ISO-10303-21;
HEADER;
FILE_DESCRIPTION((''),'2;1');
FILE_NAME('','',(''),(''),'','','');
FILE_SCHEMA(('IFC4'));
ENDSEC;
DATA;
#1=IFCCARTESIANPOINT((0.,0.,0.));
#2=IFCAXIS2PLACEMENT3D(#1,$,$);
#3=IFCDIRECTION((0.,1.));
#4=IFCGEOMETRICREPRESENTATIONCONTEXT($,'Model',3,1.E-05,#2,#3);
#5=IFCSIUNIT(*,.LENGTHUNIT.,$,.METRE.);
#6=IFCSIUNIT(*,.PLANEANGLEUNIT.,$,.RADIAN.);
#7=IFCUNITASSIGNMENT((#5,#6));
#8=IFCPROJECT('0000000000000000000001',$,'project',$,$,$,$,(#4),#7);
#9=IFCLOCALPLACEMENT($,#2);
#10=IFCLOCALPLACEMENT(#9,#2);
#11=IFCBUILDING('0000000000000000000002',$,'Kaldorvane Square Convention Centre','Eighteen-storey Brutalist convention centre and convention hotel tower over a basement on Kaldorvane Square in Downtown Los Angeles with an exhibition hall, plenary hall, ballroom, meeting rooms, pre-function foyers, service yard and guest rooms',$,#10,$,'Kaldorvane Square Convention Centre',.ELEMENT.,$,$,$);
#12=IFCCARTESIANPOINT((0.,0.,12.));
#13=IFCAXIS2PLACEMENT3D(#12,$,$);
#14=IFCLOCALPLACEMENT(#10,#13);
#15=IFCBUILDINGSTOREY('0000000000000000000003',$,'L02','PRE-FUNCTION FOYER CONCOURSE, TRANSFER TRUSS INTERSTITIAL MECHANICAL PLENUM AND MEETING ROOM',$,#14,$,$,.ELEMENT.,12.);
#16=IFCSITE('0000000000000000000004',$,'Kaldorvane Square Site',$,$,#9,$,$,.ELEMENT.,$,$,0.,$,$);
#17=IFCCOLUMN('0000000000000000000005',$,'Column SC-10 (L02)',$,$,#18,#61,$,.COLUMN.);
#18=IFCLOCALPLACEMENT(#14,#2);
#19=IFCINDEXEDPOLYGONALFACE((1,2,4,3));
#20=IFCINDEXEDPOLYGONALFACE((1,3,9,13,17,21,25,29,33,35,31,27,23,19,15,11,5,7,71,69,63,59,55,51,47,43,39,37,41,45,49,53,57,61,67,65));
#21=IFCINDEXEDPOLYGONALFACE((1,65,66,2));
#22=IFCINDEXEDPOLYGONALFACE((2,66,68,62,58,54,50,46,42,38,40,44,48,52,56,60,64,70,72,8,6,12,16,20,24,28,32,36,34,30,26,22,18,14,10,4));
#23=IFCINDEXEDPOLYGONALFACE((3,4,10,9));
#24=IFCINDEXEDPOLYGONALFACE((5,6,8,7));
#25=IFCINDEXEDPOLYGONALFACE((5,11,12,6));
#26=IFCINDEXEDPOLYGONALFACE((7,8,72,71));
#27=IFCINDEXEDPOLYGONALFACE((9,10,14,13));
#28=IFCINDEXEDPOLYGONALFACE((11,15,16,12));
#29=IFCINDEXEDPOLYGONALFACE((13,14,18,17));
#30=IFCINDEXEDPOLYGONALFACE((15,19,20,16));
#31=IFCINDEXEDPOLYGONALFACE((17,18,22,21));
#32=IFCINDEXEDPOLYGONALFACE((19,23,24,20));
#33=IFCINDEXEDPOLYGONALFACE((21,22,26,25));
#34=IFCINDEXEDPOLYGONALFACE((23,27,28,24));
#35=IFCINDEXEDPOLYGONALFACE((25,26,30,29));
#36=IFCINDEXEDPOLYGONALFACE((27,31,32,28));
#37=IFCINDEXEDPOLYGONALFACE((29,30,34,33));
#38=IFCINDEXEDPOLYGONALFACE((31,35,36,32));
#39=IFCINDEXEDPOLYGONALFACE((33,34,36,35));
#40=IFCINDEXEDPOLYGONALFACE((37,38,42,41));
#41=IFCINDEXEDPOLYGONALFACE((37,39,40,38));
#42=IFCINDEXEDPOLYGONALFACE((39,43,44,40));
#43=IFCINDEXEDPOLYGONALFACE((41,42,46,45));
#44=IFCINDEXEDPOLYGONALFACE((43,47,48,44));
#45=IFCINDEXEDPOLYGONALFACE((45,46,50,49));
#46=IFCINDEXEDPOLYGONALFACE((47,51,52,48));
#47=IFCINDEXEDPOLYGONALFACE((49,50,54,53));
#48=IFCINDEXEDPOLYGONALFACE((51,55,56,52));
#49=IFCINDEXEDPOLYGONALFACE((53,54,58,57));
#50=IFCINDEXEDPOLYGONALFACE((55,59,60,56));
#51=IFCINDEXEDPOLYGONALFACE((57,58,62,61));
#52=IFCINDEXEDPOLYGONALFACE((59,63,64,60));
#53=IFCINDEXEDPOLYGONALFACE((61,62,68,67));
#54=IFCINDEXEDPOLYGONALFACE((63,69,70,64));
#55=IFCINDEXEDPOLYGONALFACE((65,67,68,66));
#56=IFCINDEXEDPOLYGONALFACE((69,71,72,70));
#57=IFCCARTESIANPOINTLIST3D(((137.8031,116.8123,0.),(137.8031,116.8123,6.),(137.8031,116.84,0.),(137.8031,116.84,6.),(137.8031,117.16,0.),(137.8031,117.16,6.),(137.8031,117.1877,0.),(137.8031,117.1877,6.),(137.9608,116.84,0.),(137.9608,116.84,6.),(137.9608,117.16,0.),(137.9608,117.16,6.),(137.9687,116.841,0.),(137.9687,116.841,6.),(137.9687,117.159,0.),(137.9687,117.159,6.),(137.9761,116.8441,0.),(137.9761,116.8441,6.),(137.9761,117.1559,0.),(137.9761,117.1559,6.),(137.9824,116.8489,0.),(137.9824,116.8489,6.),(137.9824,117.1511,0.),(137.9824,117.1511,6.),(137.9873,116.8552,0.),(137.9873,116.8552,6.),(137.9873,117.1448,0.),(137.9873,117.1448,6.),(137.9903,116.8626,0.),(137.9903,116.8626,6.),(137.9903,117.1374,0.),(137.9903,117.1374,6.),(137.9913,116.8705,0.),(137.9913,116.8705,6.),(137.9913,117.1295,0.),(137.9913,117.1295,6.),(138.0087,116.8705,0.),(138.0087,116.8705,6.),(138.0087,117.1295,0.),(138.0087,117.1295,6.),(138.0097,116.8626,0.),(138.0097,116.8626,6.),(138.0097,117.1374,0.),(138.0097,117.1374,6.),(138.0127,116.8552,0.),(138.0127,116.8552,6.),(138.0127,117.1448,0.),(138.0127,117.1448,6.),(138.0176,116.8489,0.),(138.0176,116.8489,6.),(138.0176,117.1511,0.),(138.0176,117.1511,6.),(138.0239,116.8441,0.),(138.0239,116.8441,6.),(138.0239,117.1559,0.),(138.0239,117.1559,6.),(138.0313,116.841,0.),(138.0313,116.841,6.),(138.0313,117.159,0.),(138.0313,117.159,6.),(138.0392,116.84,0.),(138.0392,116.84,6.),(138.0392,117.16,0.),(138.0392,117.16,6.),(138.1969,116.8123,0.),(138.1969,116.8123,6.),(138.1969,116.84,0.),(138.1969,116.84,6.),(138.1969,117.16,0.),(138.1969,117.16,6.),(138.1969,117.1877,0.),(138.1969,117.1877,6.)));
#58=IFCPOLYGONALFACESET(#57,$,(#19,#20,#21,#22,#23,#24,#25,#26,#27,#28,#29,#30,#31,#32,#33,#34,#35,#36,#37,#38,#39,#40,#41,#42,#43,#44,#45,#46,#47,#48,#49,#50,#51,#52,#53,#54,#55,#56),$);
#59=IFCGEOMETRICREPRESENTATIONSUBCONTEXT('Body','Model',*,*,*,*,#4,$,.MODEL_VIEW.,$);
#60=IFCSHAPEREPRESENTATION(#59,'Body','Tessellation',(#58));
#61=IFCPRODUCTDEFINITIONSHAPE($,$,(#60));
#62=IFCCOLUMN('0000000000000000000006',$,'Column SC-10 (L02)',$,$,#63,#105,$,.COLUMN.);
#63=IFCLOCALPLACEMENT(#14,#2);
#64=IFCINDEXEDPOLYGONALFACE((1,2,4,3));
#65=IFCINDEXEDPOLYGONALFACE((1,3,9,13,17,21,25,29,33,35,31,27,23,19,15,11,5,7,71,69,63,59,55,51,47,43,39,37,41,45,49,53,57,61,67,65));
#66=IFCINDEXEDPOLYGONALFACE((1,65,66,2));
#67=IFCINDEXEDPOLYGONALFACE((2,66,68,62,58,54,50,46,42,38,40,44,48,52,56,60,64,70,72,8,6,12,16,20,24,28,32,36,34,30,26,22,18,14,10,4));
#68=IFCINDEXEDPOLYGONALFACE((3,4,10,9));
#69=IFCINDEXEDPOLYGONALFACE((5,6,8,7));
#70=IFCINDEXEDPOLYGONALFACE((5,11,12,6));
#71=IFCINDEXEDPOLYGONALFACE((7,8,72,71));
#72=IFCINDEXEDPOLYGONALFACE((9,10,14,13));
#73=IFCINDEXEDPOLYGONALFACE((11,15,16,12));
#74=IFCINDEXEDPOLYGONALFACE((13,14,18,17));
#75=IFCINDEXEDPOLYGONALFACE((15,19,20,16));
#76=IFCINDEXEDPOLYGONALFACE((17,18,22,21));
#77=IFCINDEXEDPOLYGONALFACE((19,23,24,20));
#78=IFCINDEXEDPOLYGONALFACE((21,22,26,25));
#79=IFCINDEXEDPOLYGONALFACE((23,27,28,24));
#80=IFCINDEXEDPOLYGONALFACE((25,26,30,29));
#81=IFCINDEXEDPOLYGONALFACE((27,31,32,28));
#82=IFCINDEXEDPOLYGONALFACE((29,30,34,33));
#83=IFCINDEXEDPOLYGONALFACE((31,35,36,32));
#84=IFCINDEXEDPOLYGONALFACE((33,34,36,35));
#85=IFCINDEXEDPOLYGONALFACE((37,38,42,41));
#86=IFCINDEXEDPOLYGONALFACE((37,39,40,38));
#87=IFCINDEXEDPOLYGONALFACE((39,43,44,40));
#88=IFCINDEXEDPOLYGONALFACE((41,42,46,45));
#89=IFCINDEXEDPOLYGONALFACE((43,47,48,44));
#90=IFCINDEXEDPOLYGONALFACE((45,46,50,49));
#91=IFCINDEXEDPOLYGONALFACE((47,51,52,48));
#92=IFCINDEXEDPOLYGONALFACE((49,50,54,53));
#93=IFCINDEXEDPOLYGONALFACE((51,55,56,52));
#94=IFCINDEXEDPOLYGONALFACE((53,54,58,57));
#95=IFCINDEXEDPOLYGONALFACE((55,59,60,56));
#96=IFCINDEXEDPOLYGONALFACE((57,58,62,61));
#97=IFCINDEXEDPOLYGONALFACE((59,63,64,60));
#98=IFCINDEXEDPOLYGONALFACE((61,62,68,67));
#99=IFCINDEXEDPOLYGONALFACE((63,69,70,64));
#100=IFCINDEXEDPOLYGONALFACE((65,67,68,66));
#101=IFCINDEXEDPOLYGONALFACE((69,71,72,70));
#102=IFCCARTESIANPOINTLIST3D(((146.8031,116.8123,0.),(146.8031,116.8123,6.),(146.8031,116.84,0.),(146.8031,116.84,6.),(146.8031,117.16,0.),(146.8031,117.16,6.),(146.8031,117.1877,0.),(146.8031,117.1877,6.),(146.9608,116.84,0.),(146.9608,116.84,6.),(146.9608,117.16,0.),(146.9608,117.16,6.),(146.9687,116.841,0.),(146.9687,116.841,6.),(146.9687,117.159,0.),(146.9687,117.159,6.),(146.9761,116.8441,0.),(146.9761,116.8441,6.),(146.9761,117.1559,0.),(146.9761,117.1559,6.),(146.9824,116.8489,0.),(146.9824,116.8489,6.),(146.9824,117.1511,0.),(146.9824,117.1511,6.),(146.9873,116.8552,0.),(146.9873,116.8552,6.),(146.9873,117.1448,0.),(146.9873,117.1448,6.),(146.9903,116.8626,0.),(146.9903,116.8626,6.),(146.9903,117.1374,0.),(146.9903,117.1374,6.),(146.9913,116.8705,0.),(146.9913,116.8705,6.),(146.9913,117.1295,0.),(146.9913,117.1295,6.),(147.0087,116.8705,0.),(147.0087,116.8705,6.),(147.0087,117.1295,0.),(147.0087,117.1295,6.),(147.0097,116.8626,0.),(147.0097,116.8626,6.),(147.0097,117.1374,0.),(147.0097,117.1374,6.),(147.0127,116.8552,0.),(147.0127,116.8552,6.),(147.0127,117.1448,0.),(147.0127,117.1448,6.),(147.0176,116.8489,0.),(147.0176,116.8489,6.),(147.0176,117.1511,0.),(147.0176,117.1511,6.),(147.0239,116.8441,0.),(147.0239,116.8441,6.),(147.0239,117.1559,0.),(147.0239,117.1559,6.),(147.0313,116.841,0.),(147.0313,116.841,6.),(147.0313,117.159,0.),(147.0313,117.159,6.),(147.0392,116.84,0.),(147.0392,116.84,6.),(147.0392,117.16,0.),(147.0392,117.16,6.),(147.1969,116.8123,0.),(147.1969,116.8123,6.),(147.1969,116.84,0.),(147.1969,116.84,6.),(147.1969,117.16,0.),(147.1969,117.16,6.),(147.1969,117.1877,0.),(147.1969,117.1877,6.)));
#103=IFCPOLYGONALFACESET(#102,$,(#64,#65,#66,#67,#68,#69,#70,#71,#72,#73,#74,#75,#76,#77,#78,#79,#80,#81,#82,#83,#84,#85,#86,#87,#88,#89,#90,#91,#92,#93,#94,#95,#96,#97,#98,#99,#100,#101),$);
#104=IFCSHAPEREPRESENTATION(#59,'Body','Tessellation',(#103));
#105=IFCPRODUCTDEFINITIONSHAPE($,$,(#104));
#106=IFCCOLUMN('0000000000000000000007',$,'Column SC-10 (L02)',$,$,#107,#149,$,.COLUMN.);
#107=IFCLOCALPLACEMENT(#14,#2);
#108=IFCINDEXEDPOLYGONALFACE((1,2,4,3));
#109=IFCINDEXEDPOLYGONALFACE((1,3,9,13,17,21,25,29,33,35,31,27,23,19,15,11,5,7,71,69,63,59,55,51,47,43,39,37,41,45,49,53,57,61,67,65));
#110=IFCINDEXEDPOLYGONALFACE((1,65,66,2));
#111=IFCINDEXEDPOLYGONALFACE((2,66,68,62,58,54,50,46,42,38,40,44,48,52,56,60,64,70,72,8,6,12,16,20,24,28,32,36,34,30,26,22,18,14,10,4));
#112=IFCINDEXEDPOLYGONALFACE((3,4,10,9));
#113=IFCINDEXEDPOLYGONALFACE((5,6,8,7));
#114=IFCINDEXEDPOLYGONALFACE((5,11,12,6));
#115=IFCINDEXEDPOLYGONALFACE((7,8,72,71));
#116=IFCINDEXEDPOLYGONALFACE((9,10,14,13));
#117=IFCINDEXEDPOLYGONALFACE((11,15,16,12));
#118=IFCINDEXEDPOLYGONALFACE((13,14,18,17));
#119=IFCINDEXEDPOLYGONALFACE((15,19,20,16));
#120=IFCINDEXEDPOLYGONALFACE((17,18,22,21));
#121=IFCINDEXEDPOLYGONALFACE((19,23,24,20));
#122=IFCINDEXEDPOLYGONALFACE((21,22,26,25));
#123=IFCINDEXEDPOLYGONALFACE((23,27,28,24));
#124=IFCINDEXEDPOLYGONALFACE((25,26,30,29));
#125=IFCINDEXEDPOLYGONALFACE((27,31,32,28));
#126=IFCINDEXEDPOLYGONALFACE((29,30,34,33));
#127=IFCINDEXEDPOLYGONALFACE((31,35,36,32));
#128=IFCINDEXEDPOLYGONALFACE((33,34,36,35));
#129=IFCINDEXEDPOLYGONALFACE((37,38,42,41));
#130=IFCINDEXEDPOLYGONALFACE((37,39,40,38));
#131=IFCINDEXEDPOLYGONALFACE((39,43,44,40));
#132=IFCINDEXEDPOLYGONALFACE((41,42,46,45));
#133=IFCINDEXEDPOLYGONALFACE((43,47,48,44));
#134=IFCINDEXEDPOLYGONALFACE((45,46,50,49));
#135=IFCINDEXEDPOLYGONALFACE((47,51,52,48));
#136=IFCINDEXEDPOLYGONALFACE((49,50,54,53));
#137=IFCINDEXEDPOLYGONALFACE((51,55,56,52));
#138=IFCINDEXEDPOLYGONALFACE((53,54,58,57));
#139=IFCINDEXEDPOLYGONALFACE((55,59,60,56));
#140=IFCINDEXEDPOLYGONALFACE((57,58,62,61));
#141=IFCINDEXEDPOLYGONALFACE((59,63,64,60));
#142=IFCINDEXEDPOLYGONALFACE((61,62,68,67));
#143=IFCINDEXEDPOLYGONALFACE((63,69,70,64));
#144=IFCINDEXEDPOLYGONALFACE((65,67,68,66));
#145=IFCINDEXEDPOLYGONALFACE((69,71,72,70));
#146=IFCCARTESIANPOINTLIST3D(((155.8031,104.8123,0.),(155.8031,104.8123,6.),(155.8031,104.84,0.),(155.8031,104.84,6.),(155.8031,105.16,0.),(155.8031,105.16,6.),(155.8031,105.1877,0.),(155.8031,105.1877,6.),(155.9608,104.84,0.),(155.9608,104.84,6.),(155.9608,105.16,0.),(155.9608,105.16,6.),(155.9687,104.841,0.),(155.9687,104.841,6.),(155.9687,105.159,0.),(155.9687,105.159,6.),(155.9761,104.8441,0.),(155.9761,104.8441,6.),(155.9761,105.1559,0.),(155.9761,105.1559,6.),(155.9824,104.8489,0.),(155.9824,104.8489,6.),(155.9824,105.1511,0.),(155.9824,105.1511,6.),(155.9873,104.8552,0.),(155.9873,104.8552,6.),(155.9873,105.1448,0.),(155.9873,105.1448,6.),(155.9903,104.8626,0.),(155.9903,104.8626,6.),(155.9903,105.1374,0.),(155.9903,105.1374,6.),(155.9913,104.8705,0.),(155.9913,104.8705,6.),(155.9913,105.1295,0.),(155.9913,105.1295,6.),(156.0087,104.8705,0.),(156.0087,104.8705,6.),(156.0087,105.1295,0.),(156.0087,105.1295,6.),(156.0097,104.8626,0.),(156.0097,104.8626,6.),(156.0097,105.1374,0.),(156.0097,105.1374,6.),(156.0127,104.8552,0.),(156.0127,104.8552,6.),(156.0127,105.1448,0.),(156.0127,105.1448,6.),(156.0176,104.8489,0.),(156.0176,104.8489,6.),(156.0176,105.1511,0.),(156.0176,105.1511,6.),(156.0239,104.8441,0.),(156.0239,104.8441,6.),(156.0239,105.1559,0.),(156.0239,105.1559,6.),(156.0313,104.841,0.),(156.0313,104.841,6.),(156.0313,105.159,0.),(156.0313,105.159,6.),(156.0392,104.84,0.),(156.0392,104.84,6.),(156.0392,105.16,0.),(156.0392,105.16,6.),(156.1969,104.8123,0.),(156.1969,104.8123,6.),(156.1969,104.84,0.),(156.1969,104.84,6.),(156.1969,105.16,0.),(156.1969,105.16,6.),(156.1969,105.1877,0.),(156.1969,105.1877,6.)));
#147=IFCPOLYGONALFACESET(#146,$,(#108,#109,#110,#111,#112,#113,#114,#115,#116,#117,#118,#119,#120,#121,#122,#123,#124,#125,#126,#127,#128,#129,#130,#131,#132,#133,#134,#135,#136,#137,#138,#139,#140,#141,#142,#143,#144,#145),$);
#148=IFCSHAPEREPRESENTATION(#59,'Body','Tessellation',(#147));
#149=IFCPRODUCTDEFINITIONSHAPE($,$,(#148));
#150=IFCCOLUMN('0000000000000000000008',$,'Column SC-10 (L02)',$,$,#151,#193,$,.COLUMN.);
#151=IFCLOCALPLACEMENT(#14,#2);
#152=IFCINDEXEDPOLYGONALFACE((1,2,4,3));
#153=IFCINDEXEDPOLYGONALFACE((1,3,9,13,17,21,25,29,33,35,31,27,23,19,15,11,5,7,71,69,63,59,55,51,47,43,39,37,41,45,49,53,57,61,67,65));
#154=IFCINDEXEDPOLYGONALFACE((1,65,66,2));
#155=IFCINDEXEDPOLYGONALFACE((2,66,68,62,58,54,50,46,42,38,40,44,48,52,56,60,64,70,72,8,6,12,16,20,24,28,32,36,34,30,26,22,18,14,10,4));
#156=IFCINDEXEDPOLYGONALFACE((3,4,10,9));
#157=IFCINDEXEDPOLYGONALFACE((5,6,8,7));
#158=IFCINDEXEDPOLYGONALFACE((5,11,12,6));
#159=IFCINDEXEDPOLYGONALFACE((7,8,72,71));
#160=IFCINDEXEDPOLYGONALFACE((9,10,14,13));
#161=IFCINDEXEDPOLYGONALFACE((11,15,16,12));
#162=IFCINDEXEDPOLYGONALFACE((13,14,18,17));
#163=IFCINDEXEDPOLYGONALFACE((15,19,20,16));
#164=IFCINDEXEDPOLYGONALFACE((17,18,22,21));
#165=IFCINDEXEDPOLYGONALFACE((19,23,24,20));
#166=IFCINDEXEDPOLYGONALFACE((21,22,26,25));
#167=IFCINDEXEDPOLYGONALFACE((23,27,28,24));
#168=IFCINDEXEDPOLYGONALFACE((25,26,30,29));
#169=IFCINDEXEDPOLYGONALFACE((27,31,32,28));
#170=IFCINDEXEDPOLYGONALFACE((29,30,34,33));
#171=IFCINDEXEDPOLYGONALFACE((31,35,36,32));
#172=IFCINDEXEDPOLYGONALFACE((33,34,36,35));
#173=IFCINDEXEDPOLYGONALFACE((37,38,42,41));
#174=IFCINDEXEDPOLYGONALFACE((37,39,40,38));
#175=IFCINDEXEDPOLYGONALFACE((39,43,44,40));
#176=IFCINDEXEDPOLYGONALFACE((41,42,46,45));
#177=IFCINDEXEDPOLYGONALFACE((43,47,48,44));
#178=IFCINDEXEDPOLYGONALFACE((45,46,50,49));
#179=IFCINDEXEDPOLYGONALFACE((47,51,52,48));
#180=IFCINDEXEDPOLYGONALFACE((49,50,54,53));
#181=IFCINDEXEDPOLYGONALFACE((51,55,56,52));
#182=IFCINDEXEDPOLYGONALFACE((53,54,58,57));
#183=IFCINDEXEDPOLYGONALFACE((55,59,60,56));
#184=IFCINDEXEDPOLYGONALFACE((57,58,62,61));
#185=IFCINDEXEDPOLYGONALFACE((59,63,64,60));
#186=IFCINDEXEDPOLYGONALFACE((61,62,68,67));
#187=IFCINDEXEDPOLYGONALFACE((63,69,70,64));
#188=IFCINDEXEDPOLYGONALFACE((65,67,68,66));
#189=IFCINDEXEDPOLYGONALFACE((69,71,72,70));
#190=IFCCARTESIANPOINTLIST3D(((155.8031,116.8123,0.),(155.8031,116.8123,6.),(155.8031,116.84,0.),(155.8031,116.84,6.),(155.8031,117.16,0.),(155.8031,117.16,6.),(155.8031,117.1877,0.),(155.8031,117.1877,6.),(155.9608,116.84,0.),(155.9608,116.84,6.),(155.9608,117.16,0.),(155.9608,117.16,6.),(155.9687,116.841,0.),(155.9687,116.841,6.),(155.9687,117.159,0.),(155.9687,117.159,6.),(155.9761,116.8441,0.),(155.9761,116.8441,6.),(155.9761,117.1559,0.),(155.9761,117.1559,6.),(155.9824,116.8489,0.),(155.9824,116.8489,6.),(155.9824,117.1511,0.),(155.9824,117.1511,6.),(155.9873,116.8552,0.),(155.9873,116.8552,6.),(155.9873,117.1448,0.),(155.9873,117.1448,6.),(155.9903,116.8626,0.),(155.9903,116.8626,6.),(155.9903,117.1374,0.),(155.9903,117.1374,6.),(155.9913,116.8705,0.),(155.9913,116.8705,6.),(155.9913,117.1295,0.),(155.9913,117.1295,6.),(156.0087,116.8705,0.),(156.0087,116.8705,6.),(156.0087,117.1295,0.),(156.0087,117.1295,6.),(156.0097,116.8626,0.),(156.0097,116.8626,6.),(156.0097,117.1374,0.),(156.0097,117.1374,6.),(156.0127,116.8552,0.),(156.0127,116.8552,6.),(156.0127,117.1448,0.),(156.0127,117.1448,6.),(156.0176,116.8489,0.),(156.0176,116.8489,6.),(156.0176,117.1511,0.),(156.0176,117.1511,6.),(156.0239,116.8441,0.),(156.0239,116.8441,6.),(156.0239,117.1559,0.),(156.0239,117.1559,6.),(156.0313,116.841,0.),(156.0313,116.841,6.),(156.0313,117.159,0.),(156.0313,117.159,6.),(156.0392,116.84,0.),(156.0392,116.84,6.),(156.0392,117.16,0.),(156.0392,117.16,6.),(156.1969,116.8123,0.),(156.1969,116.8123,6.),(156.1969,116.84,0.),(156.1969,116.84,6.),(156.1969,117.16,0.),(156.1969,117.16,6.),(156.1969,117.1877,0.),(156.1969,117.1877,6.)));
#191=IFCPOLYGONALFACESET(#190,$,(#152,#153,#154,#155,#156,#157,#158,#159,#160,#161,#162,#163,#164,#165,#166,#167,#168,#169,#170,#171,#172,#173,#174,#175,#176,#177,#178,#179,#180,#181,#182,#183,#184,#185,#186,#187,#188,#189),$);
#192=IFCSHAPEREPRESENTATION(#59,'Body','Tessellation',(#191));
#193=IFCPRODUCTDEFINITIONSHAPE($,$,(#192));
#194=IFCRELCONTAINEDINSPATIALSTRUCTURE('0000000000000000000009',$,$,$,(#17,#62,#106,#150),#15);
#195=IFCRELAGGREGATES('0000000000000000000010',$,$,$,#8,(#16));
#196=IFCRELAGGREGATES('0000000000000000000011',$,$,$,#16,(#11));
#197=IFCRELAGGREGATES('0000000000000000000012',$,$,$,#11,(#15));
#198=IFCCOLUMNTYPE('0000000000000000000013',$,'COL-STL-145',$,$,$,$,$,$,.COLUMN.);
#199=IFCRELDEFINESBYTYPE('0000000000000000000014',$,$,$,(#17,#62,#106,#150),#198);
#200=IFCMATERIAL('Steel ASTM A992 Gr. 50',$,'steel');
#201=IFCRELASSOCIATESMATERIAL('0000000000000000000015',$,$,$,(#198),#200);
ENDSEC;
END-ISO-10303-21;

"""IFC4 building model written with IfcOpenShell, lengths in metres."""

from ifc_helpers import new_model, si_unit, direction, frame, origin, origin_2d, place, context, subcontext, project, spatial, i_section, extrude, material, material_profile, profile_set, type_object, element, save


model = new_model("IFC4")

# Units and contexts
model_context = context("Model", 3, precision=1e-05, world=origin(), true_north=direction((0.0, 1.0)))
body_context = subcontext(model_context, "Body", "Model", "MODEL_VIEW")
ifc_project = project(units=[si_unit("LENGTHUNIT", "METRE"), si_unit("PLANEANGLEUNIT", "RADIAN")], contexts=[model_context])

# Site, building, storey
site_placement = place(None, origin())
site = spatial("IfcSite", under=ifc_project, at=site_placement, Name="Kaldorvane Square Site", CompositionType="ELEMENT", RefElevation=0.0)
building_placement = place(site_placement, origin())
building = spatial("IfcBuilding", under=site, at=building_placement, Name="Kaldorvane Square Convention Centre", Description="Eighteen-storey Brutalist convention centre and convention hotel tower over a basement on Kaldorvane Square in Downtown Los Angeles with an exhibition hall, plenary hall, ballroom, meeting rooms, pre-function foyers, service yard and guest rooms", LongName="Kaldorvane Square Convention Centre", CompositionType="ELEMENT")
storey_placement = place(building_placement, frame((0.0, 0.0, 12.0)))
storey = spatial("IfcBuildingStorey", under=building, at=storey_placement, Name="L02", Description="PRE-FUNCTION FOYER CONCOURSE, TRANSFER TRUSS INTERSTITIAL MECHANICAL PLENUM AND MEETING ROOM", CompositionType="ELEMENT", Elevation=12.0)

# Columns
ifc_material_1 = material(Name="Steel ASTM A992 Gr. 50", Category="steel")
ifc_material_profile_1 = material_profile(ifc_material_1, i_section(OverallWidth=0.3937, OverallDepth=0.3754, WebThickness=0.0173, FlangeThickness=0.0277, FilletRadius=0.0305, at=origin_2d()), Name="W14X145")
ifc_profile_set_1 = profile_set([ifc_material_profile_1], Name="Steel ASTM A992 Gr. 50")
column_type = type_object("IfcColumnType", Name="COL-STL-145", PredefinedType="COLUMN", material=ifc_profile_set_1)
for number, where, z_axis, x_axis, name in (
    (1, (138.0, 117.0, 0.0), (0.0, 0.0, 1.0), (1.0, 0.0, 0.0), "Column SC-10 (L02)"),
    (2, (147.0, 117.0, 0.0), (0.0, 0.0, 1.0), (1.0, 0.0, 0.0), "Column SC-10 (L02)"),
    (3, (156.0, 105.0, 0.0), (0.0, 0.0, 1.0), (1.0, 0.0, 0.0), "Column SC-10 (L02)"),
    (4, (156.0, 117.0, 0.0), (0.0, 0.0, 1.0), (1.0, 0.0, 0.0), "Column SC-10 (L02)"),
):
    element("IfcColumn", number, at=place(storey_placement, frame(where, z_axis=z_axis, x_axis=x_axis)), inside=storey, type_object=column_type, Name=name, PredefinedType="COLUMN", context=body_context, shape_type="SweptSolid", body=[
        extrude(i_section(OverallWidth=0.3937, OverallDepth=0.3754, WebThickness=0.0173, FlangeThickness=0.0277, FilletRadius=0.0305, at=origin_2d()), origin(), (0.0, 0.0, 1.0), 6.0),
    ])

save(model, "model.ifc")
